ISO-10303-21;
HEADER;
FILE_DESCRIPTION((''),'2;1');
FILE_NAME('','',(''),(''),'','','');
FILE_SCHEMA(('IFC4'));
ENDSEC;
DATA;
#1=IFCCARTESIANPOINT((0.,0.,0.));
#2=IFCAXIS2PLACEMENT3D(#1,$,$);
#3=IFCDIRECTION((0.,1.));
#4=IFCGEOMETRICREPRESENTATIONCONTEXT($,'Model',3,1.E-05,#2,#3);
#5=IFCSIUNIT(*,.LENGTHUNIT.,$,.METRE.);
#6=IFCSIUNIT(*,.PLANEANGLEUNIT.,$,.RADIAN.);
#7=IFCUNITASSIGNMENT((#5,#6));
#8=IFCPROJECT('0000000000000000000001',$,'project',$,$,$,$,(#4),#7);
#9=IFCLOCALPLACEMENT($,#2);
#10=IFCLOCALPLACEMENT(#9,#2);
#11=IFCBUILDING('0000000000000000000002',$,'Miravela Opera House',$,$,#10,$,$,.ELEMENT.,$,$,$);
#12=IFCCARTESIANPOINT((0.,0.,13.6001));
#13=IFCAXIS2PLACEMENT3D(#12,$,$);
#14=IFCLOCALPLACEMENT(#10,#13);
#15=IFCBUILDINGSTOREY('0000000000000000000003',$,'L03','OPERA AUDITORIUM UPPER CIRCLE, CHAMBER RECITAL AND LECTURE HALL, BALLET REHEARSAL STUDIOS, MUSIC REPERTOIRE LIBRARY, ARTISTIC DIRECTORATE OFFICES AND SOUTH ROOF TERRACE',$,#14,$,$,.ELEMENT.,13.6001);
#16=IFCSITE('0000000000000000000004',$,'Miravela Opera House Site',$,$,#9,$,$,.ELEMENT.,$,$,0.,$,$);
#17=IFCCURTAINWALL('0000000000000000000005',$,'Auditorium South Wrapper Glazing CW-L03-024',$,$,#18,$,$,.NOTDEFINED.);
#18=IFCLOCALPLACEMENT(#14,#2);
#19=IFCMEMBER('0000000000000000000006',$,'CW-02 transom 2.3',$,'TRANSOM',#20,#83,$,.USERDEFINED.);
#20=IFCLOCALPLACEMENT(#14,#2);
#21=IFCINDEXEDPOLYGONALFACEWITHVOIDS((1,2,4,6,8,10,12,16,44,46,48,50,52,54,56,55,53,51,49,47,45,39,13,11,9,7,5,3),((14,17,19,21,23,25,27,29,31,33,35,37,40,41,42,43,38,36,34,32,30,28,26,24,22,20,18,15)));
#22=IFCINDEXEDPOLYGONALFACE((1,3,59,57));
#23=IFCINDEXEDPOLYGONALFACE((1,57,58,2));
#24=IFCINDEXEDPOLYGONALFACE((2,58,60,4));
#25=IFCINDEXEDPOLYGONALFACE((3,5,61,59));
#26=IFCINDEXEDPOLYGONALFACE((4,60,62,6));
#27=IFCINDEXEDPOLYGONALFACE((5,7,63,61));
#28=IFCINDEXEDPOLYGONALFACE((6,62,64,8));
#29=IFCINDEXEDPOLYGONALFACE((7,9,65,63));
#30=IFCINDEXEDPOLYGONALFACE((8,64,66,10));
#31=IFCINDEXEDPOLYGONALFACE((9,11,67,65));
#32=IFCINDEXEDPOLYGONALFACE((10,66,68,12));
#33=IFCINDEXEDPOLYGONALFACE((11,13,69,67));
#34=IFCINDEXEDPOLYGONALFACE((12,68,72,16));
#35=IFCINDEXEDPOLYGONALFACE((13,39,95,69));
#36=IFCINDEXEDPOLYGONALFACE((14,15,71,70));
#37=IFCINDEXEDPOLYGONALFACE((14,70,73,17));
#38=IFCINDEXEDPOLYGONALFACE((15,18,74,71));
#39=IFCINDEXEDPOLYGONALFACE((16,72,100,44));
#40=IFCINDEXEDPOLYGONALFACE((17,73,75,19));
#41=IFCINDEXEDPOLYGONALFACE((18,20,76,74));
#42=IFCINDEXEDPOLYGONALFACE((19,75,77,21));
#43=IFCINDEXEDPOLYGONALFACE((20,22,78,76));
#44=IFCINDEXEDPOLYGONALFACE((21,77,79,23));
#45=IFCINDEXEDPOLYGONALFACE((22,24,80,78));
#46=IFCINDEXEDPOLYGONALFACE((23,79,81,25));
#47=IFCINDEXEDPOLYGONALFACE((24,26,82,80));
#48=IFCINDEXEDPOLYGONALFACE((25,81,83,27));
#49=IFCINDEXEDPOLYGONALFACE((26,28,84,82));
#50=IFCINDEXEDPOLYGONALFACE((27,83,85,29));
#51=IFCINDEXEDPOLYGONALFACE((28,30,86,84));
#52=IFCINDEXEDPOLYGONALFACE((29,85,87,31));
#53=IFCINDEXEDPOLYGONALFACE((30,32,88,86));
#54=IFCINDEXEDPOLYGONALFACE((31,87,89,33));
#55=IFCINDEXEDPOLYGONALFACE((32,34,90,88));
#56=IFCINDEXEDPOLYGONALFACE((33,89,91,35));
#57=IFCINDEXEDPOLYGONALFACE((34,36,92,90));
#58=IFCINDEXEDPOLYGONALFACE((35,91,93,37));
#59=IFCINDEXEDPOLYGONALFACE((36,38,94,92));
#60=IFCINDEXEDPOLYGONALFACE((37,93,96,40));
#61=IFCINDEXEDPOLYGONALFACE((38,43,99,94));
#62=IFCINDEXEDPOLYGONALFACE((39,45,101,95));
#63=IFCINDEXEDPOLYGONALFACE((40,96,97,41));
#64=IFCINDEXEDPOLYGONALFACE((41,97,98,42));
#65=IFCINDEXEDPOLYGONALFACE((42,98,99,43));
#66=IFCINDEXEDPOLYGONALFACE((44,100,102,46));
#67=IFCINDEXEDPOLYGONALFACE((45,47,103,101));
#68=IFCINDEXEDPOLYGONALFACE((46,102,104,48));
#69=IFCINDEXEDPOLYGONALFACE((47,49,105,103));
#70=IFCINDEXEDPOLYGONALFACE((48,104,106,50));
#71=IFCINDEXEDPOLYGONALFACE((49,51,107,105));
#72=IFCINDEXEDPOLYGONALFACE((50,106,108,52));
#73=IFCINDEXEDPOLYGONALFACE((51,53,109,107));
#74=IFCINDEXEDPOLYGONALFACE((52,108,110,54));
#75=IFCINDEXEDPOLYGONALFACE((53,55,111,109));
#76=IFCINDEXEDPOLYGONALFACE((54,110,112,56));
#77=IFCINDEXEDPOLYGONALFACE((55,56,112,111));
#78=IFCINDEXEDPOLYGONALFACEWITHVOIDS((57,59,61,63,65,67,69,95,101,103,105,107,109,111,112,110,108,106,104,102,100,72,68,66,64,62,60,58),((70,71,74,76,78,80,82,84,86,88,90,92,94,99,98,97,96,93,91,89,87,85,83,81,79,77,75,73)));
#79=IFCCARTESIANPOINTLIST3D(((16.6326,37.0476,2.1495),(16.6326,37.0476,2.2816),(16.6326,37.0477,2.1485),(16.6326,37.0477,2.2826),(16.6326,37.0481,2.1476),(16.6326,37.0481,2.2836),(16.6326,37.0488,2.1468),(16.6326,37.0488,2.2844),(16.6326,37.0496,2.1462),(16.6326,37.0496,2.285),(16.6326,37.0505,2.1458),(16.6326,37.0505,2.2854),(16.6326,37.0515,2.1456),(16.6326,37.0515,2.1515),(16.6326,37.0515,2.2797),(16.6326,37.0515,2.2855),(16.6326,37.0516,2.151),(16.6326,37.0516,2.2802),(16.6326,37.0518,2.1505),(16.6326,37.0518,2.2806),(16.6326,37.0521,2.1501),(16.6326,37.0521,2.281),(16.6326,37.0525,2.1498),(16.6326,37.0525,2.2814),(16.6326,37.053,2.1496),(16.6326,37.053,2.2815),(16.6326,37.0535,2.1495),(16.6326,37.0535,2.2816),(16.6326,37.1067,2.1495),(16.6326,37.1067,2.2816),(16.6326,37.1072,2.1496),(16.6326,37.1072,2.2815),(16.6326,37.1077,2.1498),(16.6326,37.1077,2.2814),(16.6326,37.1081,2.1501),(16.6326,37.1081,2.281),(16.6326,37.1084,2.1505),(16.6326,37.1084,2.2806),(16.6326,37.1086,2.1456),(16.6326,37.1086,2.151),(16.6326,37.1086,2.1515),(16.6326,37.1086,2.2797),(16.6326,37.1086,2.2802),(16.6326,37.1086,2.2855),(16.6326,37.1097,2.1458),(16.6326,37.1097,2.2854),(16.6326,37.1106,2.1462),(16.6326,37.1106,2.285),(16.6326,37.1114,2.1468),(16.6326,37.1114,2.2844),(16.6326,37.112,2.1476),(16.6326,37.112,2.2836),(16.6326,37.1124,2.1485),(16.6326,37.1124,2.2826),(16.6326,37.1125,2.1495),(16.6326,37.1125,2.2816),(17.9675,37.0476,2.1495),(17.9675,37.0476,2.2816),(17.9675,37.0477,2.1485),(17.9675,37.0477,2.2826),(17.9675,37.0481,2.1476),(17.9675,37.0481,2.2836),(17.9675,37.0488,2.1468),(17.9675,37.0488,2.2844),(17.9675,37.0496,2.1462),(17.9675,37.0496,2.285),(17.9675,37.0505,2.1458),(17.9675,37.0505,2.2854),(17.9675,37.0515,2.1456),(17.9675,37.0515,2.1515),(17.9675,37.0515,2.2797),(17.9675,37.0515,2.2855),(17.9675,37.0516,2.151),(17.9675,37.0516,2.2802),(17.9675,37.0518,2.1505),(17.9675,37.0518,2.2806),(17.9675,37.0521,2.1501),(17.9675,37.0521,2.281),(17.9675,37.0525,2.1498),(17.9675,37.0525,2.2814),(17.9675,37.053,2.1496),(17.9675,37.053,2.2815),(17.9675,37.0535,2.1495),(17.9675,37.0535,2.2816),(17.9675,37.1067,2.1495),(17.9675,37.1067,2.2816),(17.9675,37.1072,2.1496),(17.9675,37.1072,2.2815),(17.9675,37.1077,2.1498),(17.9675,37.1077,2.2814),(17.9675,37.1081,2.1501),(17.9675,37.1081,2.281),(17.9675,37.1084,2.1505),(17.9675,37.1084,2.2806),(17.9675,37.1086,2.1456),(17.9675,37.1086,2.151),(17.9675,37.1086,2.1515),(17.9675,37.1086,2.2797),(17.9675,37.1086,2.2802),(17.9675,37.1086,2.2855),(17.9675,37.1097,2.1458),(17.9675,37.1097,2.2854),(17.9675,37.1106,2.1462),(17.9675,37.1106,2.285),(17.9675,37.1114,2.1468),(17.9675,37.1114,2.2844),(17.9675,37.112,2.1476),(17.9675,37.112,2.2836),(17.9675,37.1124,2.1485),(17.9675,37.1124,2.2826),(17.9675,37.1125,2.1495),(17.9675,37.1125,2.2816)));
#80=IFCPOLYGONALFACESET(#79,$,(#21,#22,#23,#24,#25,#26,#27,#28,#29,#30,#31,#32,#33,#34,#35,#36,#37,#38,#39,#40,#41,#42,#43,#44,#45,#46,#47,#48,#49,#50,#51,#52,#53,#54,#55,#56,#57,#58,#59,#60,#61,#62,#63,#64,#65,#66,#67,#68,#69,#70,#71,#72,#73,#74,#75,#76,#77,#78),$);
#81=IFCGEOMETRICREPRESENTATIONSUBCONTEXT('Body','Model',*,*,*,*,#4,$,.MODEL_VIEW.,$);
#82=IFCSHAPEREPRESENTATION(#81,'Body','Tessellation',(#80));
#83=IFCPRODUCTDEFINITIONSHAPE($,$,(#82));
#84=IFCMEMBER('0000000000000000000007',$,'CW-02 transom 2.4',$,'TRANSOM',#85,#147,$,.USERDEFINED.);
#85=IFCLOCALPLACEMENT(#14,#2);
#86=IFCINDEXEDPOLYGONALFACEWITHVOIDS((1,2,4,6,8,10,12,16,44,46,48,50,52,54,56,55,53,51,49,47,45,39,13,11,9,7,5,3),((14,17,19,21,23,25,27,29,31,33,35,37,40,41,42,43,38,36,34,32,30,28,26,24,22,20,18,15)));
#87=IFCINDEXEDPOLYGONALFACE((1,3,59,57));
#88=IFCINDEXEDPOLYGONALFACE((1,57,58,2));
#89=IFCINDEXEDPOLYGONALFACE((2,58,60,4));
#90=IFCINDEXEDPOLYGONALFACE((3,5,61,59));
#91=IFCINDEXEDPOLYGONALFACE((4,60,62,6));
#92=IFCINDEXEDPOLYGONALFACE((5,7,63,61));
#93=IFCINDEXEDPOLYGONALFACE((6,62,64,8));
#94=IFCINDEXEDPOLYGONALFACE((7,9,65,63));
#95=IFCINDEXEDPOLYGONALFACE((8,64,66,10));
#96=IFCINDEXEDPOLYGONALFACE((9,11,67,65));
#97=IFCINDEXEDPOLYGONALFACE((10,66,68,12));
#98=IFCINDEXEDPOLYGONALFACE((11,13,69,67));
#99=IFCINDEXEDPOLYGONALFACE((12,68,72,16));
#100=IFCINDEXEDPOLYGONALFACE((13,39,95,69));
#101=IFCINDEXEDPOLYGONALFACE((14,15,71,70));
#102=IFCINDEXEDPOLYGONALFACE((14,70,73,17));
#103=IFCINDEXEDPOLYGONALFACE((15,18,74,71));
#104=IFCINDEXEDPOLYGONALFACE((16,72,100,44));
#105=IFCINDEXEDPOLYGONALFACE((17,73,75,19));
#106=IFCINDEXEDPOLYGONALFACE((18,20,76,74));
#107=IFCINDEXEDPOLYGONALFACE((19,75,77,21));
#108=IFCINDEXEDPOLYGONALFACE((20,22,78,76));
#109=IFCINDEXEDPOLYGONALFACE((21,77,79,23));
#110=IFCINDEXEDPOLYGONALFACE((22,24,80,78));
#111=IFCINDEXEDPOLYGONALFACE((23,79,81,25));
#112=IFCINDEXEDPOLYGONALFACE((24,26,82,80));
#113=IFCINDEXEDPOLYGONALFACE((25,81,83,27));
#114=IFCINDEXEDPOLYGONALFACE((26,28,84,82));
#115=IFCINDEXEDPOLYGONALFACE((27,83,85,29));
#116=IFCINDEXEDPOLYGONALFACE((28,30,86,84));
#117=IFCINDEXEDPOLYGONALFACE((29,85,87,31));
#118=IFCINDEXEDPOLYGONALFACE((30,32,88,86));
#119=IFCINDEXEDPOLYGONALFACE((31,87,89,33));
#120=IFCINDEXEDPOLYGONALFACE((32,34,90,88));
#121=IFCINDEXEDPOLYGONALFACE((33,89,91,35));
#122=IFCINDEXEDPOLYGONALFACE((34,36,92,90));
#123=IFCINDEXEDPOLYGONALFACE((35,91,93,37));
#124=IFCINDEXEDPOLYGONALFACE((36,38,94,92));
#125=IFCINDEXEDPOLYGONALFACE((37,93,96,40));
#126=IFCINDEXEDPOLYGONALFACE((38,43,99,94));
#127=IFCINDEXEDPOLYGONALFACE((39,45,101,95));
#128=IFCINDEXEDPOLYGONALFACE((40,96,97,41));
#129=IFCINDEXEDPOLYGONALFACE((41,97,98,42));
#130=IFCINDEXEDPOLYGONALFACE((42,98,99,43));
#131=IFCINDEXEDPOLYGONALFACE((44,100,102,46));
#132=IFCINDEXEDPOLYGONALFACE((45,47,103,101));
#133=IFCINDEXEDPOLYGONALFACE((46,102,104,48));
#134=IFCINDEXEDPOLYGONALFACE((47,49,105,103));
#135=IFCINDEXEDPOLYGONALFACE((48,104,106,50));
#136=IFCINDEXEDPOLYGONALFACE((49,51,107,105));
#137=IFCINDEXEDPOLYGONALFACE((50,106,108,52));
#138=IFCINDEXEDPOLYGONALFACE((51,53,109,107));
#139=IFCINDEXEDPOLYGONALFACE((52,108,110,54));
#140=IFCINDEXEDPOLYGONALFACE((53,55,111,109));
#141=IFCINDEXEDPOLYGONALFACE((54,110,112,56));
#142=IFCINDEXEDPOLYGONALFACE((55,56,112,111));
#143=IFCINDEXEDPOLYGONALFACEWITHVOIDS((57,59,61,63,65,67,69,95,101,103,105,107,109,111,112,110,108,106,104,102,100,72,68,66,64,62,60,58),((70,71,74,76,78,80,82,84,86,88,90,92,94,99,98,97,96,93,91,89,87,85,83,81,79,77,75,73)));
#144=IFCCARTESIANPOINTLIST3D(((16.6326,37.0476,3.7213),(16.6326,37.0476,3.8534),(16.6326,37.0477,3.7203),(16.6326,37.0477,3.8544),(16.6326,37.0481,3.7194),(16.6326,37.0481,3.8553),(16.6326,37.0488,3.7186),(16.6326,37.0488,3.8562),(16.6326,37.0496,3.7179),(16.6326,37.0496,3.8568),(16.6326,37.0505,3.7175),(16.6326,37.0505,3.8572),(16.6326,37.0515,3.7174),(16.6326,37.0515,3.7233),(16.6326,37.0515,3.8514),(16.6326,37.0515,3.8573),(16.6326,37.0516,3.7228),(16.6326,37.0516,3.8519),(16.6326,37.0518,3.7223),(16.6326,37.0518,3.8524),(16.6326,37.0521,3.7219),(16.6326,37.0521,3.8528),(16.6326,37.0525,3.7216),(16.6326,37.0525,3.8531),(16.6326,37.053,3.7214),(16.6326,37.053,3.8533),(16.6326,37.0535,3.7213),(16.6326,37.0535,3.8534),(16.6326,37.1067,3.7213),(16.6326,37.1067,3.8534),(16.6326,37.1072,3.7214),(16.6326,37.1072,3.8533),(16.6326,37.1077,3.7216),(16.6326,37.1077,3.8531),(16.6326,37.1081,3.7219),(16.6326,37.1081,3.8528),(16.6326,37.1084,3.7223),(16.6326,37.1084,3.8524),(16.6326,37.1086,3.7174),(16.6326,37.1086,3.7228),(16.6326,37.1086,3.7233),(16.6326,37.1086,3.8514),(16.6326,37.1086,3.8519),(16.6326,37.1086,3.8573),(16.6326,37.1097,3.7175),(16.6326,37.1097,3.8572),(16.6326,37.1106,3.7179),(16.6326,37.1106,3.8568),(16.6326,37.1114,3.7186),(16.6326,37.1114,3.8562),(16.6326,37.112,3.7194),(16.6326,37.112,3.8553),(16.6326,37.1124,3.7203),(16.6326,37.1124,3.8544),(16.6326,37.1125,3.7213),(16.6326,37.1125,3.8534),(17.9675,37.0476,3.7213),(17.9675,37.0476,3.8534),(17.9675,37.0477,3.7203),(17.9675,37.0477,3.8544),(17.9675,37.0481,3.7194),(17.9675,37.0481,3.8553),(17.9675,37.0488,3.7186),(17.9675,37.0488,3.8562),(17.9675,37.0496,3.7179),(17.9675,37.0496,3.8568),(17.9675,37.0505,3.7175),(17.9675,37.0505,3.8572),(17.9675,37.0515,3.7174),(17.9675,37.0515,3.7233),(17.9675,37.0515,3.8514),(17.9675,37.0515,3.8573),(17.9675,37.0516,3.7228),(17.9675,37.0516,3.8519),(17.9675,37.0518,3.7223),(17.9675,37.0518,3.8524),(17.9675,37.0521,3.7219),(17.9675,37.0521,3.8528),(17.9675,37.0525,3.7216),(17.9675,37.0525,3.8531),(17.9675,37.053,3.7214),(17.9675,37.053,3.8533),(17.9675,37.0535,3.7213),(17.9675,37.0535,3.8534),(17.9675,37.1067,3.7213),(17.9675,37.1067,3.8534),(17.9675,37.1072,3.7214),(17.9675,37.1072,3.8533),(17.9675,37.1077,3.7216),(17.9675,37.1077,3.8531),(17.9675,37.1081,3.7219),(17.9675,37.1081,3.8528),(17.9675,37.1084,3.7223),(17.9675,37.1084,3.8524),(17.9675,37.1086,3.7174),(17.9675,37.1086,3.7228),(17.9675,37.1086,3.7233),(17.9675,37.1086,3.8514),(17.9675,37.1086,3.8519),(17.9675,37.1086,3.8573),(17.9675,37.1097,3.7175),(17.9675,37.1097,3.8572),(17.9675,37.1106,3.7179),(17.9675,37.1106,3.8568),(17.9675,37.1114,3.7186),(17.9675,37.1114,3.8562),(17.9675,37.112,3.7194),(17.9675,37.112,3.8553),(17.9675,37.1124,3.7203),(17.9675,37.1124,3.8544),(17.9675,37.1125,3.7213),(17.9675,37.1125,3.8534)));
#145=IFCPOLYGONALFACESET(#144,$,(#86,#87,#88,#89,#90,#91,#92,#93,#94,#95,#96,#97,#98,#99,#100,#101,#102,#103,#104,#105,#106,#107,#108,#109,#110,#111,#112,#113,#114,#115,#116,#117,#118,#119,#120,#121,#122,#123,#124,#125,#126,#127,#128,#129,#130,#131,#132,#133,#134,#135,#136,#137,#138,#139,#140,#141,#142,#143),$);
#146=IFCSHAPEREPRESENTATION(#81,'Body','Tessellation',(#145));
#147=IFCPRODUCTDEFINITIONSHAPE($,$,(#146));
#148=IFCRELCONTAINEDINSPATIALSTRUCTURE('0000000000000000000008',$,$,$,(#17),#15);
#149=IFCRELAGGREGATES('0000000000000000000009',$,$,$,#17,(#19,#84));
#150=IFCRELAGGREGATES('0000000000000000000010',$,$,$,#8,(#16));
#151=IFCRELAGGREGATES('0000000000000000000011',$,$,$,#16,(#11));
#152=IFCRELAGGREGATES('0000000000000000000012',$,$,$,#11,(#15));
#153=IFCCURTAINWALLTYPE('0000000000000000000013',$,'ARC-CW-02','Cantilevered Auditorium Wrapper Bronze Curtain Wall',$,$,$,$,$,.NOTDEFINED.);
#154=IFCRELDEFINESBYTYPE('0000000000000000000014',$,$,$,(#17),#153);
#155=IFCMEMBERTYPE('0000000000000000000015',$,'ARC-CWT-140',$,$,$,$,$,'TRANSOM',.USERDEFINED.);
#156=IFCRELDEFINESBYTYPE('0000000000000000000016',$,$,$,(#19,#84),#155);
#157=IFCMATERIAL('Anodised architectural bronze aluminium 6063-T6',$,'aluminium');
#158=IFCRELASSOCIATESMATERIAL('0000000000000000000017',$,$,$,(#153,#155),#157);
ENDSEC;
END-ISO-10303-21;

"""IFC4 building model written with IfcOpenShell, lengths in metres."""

from ifc_helpers import new_model, si_unit, direction, frame, origin, origin_2d, place, context, subcontext, project, spatial, hollow_rectangle, extrude, material, material_profile, profile_set, type_object, element, aggregate, save


model = new_model("IFC4")

# Units and contexts
model_context = context("Model", 3, precision=1e-05, world=origin(), true_north=direction((0.0, 1.0)))
body_context = subcontext(model_context, "Body", "Model", "MODEL_VIEW")
ifc_project = project(units=[si_unit("LENGTHUNIT", "METRE"), si_unit("PLANEANGLEUNIT", "RADIAN")], contexts=[model_context])

# Site, building, storey
site_placement = place(None, origin())
site = spatial("IfcSite", under=ifc_project, at=site_placement, Name="Miravela Opera House Site", CompositionType="ELEMENT", RefElevation=0.0)
building_placement = place(site_placement, origin())
building = spatial("IfcBuilding", under=site, at=building_placement, Name="Miravela Opera House", CompositionType="ELEMENT")
storey_placement = place(building_placement, frame((0.0, 0.0, 13.6001)))
storey = spatial("IfcBuildingStorey", under=building, at=storey_placement, Name="L03", Description="OPERA AUDITORIUM UPPER CIRCLE, CHAMBER RECITAL AND LECTURE HALL, BALLET REHEARSAL STUDIOS, MUSIC REPERTOIRE LIBRARY, ARTISTIC DIRECTORATE OFFICES AND SOUTH ROOF TERRACE", CompositionType="ELEMENT", Elevation=13.6001)

# Curtain wall
ifc_material_1 = material(Name="Anodised architectural bronze aluminium 6063-T6", Category="aluminium")
curtain_wall_type = type_object("IfcCurtainWallType", Name="ARC-CW-02", Description="Cantilevered Auditorium Wrapper Bronze Curtain Wall", PredefinedType="NOTDEFINED", material=ifc_material_1)
curtain_wall_1_placement = place(storey_placement, origin())
curtain_wall_1 = element("IfcCurtainWall", 1, at=curtain_wall_1_placement, inside=storey, type_object=curtain_wall_type, Name="Auditorium South Wrapper Glazing CW-L03-024", PredefinedType="NOTDEFINED")

# Members
ifc_material_profile_1 = material_profile(ifc_material_1, hollow_rectangle(XDim=0.0649, YDim=0.1399, WallThickness=0.0039, InnerFilletRadius=0.002, OuterFilletRadius=0.0039, at=origin_2d()), Name="CWT-65X140")
ifc_profile_set_1 = profile_set([ifc_material_profile_1])
member_type_1 = type_object("IfcMemberType", Name="ARC-CWT-140", ElementType="TRANSOM", PredefinedType="USERDEFINED", material=ifc_profile_set_1)
member_1_placement = place(storey_placement, frame((16.6326, 37.0801, 2.2156), z_axis=(1.0, 0.0, 0.0), x_axis=(0.0, 1.0, 0.0)))
member_1 = element("IfcMember", 2, at=member_1_placement, type_object=member_type_1, Name="CW-02 transom 2.3", ObjectType="TRANSOM", PredefinedType="USERDEFINED", context=body_context, shape_type="SweptSolid", body=[
    extrude(hollow_rectangle(XDim=0.0649, YDim=0.1399, WallThickness=0.0039, InnerFilletRadius=0.002, OuterFilletRadius=0.0039, at=origin_2d()), origin(), (0.0, 0.0, 1.0), 1.335),
])
member_2_placement = place(storey_placement, frame((16.6326, 37.0801, 3.7874), z_axis=(1.0, 0.0, 0.0), x_axis=(0.0, 1.0, 0.0)))
member_2 = element("IfcMember", 3, at=member_2_placement, type_object=member_type_1, Name="CW-02 transom 2.4", ObjectType="TRANSOM", PredefinedType="USERDEFINED", context=body_context, shape_type="SweptSolid", body=[
    extrude(hollow_rectangle(XDim=0.0649, YDim=0.1399, WallThickness=0.0039, InnerFilletRadius=0.002, OuterFilletRadius=0.0039, at=origin_2d()), origin(), (0.0, 0.0, 1.0), 1.335),
])

aggregate(curtain_wall_1, [member_1, member_2])

save(model, "model.ifc")
